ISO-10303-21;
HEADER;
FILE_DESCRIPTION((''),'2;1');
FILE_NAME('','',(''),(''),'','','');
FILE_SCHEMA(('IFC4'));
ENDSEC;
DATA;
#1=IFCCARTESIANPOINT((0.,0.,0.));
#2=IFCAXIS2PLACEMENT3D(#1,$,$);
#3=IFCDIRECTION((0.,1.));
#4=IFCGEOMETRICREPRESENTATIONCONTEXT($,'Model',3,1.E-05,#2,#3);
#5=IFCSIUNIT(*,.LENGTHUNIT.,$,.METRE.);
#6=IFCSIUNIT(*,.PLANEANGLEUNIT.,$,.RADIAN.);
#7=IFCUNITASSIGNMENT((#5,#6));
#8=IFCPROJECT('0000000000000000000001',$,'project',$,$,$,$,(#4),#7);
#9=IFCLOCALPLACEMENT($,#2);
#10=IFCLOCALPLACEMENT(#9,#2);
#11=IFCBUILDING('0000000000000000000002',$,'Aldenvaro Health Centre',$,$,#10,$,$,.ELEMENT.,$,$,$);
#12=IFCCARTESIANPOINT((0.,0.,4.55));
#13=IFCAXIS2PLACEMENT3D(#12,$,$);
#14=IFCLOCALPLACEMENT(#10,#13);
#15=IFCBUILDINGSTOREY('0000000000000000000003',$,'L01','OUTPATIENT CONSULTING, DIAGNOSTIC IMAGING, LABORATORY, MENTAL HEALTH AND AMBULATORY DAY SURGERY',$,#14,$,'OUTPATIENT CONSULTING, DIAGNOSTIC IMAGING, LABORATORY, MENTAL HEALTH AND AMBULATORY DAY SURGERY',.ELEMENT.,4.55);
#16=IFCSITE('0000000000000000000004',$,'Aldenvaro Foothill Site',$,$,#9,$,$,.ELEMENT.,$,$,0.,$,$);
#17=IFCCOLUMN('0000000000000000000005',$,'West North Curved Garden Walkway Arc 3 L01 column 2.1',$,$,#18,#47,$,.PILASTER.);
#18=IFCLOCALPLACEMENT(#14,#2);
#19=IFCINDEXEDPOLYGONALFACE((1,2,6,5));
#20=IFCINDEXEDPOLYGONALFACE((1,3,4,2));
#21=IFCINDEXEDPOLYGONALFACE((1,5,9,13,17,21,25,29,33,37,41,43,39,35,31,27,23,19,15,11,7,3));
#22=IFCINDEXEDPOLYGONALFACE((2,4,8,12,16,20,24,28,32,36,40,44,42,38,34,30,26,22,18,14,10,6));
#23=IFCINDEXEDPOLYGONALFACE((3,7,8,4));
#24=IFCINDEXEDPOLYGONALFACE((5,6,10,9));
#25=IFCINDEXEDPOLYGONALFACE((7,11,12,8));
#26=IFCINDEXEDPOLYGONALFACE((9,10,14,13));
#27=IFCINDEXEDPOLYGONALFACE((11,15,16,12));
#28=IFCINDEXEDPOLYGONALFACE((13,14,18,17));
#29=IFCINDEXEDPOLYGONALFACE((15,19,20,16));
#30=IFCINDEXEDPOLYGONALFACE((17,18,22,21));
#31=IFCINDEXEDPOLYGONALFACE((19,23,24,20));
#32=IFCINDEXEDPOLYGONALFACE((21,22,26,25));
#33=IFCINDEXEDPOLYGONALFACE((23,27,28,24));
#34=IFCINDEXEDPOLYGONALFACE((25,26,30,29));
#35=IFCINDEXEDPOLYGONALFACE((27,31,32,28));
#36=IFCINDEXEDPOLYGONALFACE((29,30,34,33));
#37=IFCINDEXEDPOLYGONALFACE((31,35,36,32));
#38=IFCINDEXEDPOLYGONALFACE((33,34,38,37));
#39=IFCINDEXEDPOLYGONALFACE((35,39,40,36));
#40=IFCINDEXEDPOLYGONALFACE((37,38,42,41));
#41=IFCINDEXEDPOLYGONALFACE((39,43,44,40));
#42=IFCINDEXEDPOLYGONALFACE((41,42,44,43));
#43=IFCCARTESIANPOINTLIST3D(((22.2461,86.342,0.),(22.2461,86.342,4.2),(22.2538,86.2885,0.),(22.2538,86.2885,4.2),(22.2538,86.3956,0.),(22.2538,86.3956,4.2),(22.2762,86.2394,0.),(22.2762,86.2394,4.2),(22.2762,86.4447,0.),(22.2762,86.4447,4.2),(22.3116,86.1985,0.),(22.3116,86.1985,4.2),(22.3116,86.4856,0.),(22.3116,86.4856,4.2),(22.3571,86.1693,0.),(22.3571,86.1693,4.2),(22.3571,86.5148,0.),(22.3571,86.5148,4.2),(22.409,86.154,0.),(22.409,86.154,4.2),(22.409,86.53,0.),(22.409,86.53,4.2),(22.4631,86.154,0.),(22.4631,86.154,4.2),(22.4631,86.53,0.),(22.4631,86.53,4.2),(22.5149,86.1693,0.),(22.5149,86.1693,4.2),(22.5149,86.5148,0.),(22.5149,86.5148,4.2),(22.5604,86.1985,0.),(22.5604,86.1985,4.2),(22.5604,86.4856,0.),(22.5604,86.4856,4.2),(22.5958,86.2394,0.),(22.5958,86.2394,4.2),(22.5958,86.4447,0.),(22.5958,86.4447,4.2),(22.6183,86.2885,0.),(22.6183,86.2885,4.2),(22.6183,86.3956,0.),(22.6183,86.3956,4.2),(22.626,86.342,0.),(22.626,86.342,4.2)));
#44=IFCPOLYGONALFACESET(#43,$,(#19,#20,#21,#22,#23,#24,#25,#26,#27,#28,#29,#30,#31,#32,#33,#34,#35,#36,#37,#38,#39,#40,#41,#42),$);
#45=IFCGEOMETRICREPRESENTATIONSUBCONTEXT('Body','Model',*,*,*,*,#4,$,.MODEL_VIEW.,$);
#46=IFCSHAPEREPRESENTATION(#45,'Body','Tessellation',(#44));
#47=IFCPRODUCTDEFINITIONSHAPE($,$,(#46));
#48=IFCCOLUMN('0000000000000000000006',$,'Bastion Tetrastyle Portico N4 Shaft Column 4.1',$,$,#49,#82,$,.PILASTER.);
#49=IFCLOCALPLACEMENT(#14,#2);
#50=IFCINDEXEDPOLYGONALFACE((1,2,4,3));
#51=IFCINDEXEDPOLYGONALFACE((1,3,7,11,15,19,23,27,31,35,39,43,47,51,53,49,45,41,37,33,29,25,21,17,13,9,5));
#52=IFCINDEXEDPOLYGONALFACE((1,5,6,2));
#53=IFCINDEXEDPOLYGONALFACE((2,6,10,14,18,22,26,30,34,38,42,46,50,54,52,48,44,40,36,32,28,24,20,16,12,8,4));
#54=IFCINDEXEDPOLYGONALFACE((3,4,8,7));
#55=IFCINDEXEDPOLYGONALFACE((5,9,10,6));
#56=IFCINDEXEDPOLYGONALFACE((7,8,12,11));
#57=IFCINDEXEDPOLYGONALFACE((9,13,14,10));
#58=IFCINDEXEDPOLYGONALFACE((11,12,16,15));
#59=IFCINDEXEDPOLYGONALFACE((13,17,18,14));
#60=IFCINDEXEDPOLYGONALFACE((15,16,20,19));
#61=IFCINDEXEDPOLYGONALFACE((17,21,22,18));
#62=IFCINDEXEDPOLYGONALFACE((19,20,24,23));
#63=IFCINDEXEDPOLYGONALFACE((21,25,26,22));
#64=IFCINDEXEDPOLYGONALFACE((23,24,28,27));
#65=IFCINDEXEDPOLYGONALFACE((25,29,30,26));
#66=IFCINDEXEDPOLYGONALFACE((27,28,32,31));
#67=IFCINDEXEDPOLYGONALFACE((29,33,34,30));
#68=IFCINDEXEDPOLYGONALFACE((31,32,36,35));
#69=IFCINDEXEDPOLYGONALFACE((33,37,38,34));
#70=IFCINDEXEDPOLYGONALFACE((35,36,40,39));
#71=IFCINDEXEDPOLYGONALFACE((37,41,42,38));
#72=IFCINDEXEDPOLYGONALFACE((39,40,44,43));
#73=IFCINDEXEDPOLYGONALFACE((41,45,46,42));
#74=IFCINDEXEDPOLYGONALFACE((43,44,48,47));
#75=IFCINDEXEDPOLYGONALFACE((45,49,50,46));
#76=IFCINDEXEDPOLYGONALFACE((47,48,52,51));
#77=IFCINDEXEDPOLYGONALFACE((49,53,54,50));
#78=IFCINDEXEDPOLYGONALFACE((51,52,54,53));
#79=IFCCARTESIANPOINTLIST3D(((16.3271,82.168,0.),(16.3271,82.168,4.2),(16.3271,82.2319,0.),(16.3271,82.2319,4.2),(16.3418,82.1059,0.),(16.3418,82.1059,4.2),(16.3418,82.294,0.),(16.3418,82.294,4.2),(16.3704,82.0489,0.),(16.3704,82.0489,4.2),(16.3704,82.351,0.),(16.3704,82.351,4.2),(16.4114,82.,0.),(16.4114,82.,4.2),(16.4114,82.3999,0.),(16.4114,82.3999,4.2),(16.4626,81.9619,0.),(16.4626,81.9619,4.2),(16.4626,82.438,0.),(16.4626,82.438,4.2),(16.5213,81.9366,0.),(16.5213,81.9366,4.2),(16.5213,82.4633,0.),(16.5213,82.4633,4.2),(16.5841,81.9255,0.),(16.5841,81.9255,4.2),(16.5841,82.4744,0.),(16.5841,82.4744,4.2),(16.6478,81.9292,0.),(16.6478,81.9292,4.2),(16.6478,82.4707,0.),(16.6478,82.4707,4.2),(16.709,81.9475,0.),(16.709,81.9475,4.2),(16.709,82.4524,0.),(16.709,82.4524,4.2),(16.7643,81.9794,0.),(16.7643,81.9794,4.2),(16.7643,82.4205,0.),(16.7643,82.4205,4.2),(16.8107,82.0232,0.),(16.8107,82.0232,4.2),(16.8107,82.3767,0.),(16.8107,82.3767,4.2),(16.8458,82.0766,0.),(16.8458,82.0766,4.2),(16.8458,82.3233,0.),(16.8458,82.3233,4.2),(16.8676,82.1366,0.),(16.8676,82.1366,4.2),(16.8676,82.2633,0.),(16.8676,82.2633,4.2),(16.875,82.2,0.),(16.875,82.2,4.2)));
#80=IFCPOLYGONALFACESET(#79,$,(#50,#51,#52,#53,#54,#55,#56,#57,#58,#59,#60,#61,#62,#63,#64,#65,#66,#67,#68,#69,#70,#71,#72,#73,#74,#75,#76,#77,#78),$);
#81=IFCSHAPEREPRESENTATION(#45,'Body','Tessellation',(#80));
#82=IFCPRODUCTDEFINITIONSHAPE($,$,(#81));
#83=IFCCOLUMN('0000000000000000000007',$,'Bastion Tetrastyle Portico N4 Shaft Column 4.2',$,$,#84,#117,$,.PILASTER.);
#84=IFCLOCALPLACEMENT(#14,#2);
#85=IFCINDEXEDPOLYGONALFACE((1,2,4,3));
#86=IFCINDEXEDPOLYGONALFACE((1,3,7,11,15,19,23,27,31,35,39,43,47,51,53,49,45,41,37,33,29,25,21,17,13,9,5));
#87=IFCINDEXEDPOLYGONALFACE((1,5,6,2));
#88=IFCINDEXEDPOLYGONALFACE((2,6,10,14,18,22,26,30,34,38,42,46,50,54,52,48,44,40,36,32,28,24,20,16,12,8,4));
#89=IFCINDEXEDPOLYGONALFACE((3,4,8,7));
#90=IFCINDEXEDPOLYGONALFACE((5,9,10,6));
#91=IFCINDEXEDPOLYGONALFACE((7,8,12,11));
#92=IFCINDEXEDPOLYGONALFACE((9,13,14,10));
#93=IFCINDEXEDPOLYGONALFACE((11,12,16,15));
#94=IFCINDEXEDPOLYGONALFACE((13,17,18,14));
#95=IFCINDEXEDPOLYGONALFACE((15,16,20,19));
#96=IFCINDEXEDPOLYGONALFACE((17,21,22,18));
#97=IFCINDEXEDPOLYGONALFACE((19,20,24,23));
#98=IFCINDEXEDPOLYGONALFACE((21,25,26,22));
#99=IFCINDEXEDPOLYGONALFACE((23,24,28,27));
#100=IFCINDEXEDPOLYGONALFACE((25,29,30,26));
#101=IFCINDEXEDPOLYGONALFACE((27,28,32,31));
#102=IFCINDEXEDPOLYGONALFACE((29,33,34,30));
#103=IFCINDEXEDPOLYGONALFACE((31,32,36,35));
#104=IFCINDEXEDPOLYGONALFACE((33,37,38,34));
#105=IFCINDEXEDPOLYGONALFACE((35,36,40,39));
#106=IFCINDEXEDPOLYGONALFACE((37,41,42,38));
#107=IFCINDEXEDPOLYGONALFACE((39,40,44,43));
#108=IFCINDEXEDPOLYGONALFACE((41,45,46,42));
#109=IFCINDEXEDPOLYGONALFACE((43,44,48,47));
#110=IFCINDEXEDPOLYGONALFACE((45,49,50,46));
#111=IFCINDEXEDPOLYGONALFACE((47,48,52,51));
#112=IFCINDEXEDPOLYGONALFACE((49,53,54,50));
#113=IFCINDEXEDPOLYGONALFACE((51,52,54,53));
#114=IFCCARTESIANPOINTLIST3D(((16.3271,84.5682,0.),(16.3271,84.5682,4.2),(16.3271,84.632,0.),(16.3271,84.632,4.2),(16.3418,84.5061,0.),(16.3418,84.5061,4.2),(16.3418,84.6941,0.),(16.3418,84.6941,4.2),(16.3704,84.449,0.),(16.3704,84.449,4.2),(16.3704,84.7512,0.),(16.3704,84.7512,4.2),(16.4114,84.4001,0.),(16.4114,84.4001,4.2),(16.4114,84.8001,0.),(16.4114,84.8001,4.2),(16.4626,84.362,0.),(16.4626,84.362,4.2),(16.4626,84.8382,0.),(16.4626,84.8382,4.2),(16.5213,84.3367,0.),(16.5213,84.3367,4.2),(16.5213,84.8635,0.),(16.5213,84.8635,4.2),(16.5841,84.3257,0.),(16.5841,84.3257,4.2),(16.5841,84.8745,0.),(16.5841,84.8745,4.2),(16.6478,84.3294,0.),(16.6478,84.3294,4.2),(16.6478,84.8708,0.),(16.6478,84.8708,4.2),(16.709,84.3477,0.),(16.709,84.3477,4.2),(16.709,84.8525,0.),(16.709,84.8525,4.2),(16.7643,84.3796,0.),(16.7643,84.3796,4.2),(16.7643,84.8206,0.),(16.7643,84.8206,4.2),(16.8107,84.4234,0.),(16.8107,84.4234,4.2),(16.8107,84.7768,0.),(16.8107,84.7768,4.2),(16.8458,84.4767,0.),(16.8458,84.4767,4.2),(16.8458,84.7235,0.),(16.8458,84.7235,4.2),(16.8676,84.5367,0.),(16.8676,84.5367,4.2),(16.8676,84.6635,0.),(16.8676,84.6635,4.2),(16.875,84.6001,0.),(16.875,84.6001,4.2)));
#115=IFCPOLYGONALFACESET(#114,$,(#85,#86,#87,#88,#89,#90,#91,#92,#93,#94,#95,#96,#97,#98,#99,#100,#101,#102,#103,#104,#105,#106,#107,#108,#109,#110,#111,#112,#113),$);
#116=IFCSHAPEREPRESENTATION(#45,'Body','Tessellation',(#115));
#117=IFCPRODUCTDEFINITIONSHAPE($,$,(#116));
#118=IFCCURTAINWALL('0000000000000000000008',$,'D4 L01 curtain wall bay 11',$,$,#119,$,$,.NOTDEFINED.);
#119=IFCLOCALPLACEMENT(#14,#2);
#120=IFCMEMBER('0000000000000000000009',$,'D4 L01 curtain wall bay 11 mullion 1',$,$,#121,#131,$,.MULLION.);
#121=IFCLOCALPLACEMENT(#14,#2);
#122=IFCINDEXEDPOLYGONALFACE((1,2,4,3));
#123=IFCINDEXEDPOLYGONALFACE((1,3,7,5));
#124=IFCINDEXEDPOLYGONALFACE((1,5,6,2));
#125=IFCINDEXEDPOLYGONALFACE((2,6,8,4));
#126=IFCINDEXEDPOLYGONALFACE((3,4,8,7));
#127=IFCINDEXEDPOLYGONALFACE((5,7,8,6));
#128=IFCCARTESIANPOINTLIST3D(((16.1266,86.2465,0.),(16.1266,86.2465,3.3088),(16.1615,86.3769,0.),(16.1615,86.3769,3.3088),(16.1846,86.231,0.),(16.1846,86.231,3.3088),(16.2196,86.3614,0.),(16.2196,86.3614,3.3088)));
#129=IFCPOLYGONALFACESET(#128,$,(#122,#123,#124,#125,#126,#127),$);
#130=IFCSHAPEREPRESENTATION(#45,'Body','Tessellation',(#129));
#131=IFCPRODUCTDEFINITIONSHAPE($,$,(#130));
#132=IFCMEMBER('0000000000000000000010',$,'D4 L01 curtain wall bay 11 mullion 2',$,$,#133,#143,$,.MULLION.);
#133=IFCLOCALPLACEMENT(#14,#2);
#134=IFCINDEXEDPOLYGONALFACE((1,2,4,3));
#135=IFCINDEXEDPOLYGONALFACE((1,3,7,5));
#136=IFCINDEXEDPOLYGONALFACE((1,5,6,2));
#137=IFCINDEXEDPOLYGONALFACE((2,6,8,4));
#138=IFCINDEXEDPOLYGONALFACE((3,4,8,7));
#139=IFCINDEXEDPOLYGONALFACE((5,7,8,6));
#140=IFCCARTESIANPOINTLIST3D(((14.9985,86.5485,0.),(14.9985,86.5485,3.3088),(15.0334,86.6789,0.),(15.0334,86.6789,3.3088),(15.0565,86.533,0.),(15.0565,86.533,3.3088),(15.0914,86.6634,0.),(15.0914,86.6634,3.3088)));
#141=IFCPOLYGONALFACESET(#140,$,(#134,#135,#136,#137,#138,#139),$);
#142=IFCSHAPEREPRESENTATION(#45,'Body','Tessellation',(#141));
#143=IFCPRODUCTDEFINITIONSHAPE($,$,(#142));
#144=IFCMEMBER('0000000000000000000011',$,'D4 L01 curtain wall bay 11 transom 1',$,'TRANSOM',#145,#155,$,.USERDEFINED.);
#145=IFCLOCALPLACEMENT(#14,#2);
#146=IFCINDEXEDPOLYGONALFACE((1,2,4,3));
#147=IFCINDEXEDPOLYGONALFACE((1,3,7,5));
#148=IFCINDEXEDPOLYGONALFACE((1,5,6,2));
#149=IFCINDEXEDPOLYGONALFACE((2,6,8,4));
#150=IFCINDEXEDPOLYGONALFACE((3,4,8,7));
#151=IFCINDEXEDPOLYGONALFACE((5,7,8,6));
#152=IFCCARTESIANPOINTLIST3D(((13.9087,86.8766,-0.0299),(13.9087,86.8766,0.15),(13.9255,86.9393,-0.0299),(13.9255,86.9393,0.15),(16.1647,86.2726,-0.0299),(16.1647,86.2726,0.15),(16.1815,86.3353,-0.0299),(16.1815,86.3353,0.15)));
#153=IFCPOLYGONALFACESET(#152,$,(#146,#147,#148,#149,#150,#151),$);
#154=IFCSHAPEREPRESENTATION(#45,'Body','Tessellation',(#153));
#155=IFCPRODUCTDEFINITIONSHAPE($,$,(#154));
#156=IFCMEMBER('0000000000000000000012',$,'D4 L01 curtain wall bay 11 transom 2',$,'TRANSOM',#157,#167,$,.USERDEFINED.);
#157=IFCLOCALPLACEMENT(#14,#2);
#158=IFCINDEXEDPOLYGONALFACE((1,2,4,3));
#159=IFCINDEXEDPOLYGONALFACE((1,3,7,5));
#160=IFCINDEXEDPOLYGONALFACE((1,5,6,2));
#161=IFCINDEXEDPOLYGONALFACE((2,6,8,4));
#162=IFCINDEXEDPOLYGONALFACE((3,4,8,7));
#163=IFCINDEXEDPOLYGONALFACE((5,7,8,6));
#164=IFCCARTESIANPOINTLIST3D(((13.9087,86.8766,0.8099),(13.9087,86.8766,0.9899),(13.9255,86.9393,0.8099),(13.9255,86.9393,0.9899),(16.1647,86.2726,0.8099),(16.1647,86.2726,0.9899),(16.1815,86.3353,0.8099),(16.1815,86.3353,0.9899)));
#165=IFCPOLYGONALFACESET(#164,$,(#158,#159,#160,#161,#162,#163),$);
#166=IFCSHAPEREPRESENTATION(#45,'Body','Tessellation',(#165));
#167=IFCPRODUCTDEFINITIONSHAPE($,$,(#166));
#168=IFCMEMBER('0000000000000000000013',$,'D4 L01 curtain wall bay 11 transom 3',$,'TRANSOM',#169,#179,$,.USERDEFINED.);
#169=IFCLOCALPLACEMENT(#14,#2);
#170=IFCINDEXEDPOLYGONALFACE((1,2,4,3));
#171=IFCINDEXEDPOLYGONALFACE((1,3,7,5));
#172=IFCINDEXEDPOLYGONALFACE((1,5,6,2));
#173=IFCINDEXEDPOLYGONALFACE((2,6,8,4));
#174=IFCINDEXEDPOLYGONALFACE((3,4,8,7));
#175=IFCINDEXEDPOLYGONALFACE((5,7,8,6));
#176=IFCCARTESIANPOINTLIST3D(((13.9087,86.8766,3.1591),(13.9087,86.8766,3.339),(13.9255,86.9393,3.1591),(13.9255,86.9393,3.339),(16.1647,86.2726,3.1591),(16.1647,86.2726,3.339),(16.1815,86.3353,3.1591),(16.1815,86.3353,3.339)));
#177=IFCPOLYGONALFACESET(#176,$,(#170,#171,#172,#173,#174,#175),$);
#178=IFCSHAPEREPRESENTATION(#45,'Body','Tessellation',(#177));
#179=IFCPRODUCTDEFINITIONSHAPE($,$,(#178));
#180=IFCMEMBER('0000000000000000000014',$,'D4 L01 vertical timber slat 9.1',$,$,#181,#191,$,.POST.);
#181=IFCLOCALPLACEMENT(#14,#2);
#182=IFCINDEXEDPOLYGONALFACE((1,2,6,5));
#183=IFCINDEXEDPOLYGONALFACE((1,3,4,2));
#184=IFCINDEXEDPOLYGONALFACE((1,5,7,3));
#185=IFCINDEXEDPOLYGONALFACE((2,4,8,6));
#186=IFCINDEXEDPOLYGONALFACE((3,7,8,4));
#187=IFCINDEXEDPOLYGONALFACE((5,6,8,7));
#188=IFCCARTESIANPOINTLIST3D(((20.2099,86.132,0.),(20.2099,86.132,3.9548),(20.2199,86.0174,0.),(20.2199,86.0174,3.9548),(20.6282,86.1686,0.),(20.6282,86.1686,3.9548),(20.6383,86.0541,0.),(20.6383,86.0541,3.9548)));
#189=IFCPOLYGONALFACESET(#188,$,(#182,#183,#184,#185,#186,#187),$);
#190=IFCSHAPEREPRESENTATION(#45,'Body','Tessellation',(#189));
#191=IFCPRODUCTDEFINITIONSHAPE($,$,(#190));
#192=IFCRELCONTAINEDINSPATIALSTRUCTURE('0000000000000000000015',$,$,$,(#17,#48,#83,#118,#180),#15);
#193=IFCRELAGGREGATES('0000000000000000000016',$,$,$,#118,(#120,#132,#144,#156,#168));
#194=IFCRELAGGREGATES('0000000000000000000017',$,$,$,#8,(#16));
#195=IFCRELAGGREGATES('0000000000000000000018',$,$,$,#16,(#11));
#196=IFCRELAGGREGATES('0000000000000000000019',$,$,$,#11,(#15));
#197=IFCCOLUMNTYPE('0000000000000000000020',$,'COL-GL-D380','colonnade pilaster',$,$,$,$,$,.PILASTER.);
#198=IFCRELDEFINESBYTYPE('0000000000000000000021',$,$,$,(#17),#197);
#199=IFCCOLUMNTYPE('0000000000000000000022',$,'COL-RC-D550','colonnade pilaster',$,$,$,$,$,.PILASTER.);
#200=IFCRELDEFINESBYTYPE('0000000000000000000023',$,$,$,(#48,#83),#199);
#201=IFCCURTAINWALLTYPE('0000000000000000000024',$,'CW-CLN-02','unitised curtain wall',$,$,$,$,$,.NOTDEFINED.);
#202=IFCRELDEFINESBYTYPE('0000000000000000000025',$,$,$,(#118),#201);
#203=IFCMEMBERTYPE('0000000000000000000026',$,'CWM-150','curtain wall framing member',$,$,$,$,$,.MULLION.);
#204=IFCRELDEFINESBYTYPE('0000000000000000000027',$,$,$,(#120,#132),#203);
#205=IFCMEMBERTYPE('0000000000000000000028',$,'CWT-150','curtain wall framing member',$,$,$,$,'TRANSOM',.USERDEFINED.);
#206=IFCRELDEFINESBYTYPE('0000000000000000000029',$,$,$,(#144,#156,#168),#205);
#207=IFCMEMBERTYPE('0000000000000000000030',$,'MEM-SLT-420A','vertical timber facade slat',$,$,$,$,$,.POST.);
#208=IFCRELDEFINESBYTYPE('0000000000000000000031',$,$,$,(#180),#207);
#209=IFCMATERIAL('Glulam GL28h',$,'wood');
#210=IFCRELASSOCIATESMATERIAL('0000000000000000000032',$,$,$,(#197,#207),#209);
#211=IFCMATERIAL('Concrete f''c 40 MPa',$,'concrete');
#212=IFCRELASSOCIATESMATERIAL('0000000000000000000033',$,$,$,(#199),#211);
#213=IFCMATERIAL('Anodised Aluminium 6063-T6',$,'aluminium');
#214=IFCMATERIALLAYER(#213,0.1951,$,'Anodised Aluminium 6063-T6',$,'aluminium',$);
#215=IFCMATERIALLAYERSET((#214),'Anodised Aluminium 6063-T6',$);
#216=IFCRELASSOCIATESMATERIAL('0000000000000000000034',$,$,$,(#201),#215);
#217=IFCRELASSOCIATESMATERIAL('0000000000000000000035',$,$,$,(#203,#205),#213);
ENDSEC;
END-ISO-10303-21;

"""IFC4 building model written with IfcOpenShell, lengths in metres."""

from ifc_helpers import new_model, si_unit, direction, frame, origin, origin_2d, place, context, subcontext, project, spatial, rectangle, circle, extrude, material, layer, layer_set, material_profile, profile_set, type_object, element, aggregate, save


model = new_model("IFC4")

# Units and contexts
model_context = context("Model", 3, precision=1e-05, world=origin(), true_north=direction((0.0, 1.0)))
body_context = subcontext(model_context, "Body", "Model", "MODEL_VIEW")
ifc_project = project(units=[si_unit("LENGTHUNIT", "METRE"), si_unit("PLANEANGLEUNIT", "RADIAN")], contexts=[model_context])

# Site, building, storey
site_placement = place(None, origin())
site = spatial("IfcSite", under=ifc_project, at=site_placement, Name="Aldenvaro Foothill Site", CompositionType="ELEMENT", RefElevation=0.0)
building_placement = place(site_placement, origin())
building = spatial("IfcBuilding", under=site, at=building_placement, Name="Aldenvaro Health Centre", CompositionType="ELEMENT")
storey_placement = place(building_placement, frame((0.0, 0.0, 4.55)))
storey = spatial("IfcBuildingStorey", under=building, at=storey_placement, Name="L01", Description="OUTPATIENT CONSULTING, DIAGNOSTIC IMAGING, LABORATORY, MENTAL HEALTH AND AMBULATORY DAY SURGERY", LongName="OUTPATIENT CONSULTING, DIAGNOSTIC IMAGING, LABORATORY, MENTAL HEALTH AND AMBULATORY DAY SURGERY", CompositionType="ELEMENT", Elevation=4.55)

# Columns
ifc_material_1 = material(Name="Glulam GL28h", Category="wood")
ifc_material_profile_1 = material_profile(ifc_material_1, circle(Radius=0.1899, at=origin_2d()), Name="GL D380", Category="wood")
ifc_profile_set_1 = profile_set([ifc_material_profile_1], Name="Glulam GL28h")
column_type_1 = type_object("IfcColumnType", Name="COL-GL-D380", Description="colonnade pilaster", PredefinedType="PILASTER", material=ifc_profile_set_1)
column_placement = place(storey_placement, frame((22.436, 86.342, 0.0), z_axis=(0.0, 0.0, 1.0), x_axis=(1.0, 0.0, 0.0)))
element("IfcColumn", 1, at=column_placement, inside=storey, type_object=column_type_1, Name="West North Curved Garden Walkway Arc 3 L01 column 2.1", PredefinedType="PILASTER", context=body_context, shape_type="SweptSolid", body=[
    extrude(circle(Radius=0.1899, at=origin_2d()), origin(), (0.0, 0.0, 1.0), 4.2),
])
ifc_material_2 = material(Name="Concrete f'c 40 MPa", Category="concrete")
ifc_material_profile_2 = material_profile(ifc_material_2, circle(Radius=0.2749, at=origin_2d()), Name="RC D550", Category="concrete")
ifc_profile_set_2 = profile_set([ifc_material_profile_2], Name="Concrete f'c 40 MPa")
column_type_2 = type_object("IfcColumnType", Name="COL-RC-D550", Description="colonnade pilaster", PredefinedType="PILASTER", material=ifc_profile_set_2)
for number, where, z_axis, x_axis, name in (
    (2, (16.6001, 82.2, 0.0), (0.0, 0.0, 1.0), (1.0, 0.0, 0.0), "Bastion Tetrastyle Portico N4 Shaft Column 4.1"),
    (3, (16.6001, 84.6001, 0.0), (0.0, 0.0, 1.0), (1.0, 0.0, 0.0), "Bastion Tetrastyle Portico N4 Shaft Column 4.2"),
):
    element("IfcColumn", number, at=place(storey_placement, frame(where, z_axis=z_axis, x_axis=x_axis)), inside=storey, type_object=column_type_2, Name=name, PredefinedType="PILASTER", context=body_context, shape_type="SweptSolid", body=[
        extrude(circle(Radius=0.2749, at=origin_2d()), origin(), (0.0, 0.0, 1.0), 4.2),
    ])

# Curtain wall, members
ifc_material_3 = material(Name="Anodised Aluminium 6063-T6", Category="aluminium")
ifc_layer_1 = layer(ifc_material_3, 0.1951, Name="Anodised Aluminium 6063-T6", Category="aluminium")
ifc_layer_set_1 = layer_set([ifc_layer_1], Name="Anodised Aluminium 6063-T6")
curtain_wall_type = type_object("IfcCurtainWallType", Name="CW-CLN-02", Description="unitised curtain wall", PredefinedType="NOTDEFINED", material=ifc_layer_set_1)
curtain_wall_placement = place(storey_placement, origin())
curtain_wall = element("IfcCurtainWall", 4, at=curtain_wall_placement, inside=storey, type_object=curtain_wall_type, Name="D4 L01 curtain wall bay 11", PredefinedType="NOTDEFINED")
ifc_material_profile_3 = material_profile(ifc_material_3, rectangle(XDim=0.0601, YDim=0.135, at=origin_2d()), Name="ALU 60x135", Category="aluminium")
ifc_profile_set_3 = profile_set([ifc_material_profile_3], Name="Anodised Aluminium 6063-T6")
member_type_1 = type_object("IfcMemberType", Name="CWM-150", Description="curtain wall framing member", PredefinedType="MULLION", material=ifc_profile_set_3)
member_1_placement = place(storey_placement, frame((16.1731, 86.304, 0.0), z_axis=(0.0, 0.0, 1.0), x_axis=(-0.965979, 0.258622, 0.0)))
member_1 = element("IfcMember", 5, at=member_1_placement, type_object=member_type_1, Name="D4 L01 curtain wall bay 11 mullion 1", PredefinedType="MULLION", context=body_context, shape_type="SweptSolid", body=[
    extrude(rectangle(XDim=0.0601, YDim=0.135, at=origin_2d()), origin(), (0.0, 0.0, 1.0), 3.3088),
])
member_2_placement = place(storey_placement, frame((15.0449, 86.606, 0.0), z_axis=(0.0, 0.0, 1.0), x_axis=(-0.965979, 0.258622, 0.0)))
member_2 = element("IfcMember", 6, at=member_2_placement, type_object=member_type_1, Name="D4 L01 curtain wall bay 11 mullion 2", PredefinedType="MULLION", context=body_context, shape_type="SweptSolid", body=[
    extrude(rectangle(XDim=0.0601, YDim=0.135, at=origin_2d()), origin(), (0.0, 0.0, 1.0), 3.3088),
])
ifc_material_profile_4 = material_profile(ifc_material_3, rectangle(XDim=0.0649, YDim=0.1799, at=origin_2d()), Name="ALU 65x180", Category="aluminium")
ifc_profile_set_4 = profile_set([ifc_material_profile_4], Name="Anodised Aluminium 6063-T6")
member_type_2 = type_object("IfcMemberType", Name="CWT-150", Description="curtain wall framing member", ElementType="TRANSOM", PredefinedType="USERDEFINED", material=ifc_profile_set_4)
member_3_placement = place(storey_placement, frame((16.1731, 86.304, 0.0601), z_axis=(-0.965981, 0.258612, 0.0), x_axis=(-0.258612, -0.965981, 0.0)))
member_3 = element("IfcMember", 7, at=member_3_placement, type_object=member_type_2, Name="D4 L01 curtain wall bay 11 transom 1", ObjectType="TRANSOM", PredefinedType="USERDEFINED", context=body_context, shape_type="SweptSolid", body=[
    extrude(rectangle(XDim=0.0649, YDim=0.1799, at=origin_2d()), origin(), (0.0, 0.0, 1.0), 2.3354),
])
member_4_placement = place(storey_placement, frame((16.1731, 86.304, 0.8999), z_axis=(-0.965981, 0.258612, 0.0), x_axis=(-0.258612, -0.965981, 0.0)))
member_4 = element("IfcMember", 8, at=member_4_placement, type_object=member_type_2, Name="D4 L01 curtain wall bay 11 transom 2", ObjectType="TRANSOM", PredefinedType="USERDEFINED", context=body_context, shape_type="SweptSolid", body=[
    extrude(rectangle(XDim=0.0649, YDim=0.1799, at=origin_2d()), origin(), (0.0, 0.0, 1.0), 2.3354),
])
member_5_placement = place(storey_placement, frame((16.1731, 86.304, 3.249), z_axis=(-0.965981, 0.258612, 0.0), x_axis=(-0.258612, -0.965981, 0.0)))
member_5 = element("IfcMember", 9, at=member_5_placement, type_object=member_type_2, Name="D4 L01 curtain wall bay 11 transom 3", ObjectType="TRANSOM", PredefinedType="USERDEFINED", context=body_context, shape_type="SweptSolid", body=[
    extrude(rectangle(XDim=0.0649, YDim=0.1799, at=origin_2d()), origin(), (0.0, 0.0, 1.0), 2.3354),
])

# Member
ifc_material_profile_5 = material_profile(ifc_material_1, rectangle(XDim=0.115, YDim=0.4199, at=origin_2d()), Name="GL 115x420", Category="wood")
ifc_profile_set_5 = profile_set([ifc_material_profile_5], Name="Glulam GL28h")
member_type_3 = type_object("IfcMemberType", Name="MEM-SLT-420A", Description="vertical timber facade slat", PredefinedType="POST", material=ifc_profile_set_5)
for number, where, z_axis, x_axis, name in (
    (10, (20.4241, 86.093, 0.0), (0.0, 0.0, 1.0), (0.087332, -0.996179, 0.0), "D4 L01 vertical timber slat 9.1"),
):
    element("IfcMember", number, at=place(storey_placement, frame(where, z_axis=z_axis, x_axis=x_axis)), inside=storey, type_object=member_type_3, Name=name, PredefinedType="POST", context=body_context, shape_type="SweptSolid", body=[
        extrude(rectangle(XDim=0.115, YDim=0.4199, at=origin_2d()), origin(), (0.0, 0.0, 1.0), 3.9548),
    ])

aggregate(curtain_wall, [member_1, member_2, member_3, member_4, member_5])

save(model, "model.ifc")
